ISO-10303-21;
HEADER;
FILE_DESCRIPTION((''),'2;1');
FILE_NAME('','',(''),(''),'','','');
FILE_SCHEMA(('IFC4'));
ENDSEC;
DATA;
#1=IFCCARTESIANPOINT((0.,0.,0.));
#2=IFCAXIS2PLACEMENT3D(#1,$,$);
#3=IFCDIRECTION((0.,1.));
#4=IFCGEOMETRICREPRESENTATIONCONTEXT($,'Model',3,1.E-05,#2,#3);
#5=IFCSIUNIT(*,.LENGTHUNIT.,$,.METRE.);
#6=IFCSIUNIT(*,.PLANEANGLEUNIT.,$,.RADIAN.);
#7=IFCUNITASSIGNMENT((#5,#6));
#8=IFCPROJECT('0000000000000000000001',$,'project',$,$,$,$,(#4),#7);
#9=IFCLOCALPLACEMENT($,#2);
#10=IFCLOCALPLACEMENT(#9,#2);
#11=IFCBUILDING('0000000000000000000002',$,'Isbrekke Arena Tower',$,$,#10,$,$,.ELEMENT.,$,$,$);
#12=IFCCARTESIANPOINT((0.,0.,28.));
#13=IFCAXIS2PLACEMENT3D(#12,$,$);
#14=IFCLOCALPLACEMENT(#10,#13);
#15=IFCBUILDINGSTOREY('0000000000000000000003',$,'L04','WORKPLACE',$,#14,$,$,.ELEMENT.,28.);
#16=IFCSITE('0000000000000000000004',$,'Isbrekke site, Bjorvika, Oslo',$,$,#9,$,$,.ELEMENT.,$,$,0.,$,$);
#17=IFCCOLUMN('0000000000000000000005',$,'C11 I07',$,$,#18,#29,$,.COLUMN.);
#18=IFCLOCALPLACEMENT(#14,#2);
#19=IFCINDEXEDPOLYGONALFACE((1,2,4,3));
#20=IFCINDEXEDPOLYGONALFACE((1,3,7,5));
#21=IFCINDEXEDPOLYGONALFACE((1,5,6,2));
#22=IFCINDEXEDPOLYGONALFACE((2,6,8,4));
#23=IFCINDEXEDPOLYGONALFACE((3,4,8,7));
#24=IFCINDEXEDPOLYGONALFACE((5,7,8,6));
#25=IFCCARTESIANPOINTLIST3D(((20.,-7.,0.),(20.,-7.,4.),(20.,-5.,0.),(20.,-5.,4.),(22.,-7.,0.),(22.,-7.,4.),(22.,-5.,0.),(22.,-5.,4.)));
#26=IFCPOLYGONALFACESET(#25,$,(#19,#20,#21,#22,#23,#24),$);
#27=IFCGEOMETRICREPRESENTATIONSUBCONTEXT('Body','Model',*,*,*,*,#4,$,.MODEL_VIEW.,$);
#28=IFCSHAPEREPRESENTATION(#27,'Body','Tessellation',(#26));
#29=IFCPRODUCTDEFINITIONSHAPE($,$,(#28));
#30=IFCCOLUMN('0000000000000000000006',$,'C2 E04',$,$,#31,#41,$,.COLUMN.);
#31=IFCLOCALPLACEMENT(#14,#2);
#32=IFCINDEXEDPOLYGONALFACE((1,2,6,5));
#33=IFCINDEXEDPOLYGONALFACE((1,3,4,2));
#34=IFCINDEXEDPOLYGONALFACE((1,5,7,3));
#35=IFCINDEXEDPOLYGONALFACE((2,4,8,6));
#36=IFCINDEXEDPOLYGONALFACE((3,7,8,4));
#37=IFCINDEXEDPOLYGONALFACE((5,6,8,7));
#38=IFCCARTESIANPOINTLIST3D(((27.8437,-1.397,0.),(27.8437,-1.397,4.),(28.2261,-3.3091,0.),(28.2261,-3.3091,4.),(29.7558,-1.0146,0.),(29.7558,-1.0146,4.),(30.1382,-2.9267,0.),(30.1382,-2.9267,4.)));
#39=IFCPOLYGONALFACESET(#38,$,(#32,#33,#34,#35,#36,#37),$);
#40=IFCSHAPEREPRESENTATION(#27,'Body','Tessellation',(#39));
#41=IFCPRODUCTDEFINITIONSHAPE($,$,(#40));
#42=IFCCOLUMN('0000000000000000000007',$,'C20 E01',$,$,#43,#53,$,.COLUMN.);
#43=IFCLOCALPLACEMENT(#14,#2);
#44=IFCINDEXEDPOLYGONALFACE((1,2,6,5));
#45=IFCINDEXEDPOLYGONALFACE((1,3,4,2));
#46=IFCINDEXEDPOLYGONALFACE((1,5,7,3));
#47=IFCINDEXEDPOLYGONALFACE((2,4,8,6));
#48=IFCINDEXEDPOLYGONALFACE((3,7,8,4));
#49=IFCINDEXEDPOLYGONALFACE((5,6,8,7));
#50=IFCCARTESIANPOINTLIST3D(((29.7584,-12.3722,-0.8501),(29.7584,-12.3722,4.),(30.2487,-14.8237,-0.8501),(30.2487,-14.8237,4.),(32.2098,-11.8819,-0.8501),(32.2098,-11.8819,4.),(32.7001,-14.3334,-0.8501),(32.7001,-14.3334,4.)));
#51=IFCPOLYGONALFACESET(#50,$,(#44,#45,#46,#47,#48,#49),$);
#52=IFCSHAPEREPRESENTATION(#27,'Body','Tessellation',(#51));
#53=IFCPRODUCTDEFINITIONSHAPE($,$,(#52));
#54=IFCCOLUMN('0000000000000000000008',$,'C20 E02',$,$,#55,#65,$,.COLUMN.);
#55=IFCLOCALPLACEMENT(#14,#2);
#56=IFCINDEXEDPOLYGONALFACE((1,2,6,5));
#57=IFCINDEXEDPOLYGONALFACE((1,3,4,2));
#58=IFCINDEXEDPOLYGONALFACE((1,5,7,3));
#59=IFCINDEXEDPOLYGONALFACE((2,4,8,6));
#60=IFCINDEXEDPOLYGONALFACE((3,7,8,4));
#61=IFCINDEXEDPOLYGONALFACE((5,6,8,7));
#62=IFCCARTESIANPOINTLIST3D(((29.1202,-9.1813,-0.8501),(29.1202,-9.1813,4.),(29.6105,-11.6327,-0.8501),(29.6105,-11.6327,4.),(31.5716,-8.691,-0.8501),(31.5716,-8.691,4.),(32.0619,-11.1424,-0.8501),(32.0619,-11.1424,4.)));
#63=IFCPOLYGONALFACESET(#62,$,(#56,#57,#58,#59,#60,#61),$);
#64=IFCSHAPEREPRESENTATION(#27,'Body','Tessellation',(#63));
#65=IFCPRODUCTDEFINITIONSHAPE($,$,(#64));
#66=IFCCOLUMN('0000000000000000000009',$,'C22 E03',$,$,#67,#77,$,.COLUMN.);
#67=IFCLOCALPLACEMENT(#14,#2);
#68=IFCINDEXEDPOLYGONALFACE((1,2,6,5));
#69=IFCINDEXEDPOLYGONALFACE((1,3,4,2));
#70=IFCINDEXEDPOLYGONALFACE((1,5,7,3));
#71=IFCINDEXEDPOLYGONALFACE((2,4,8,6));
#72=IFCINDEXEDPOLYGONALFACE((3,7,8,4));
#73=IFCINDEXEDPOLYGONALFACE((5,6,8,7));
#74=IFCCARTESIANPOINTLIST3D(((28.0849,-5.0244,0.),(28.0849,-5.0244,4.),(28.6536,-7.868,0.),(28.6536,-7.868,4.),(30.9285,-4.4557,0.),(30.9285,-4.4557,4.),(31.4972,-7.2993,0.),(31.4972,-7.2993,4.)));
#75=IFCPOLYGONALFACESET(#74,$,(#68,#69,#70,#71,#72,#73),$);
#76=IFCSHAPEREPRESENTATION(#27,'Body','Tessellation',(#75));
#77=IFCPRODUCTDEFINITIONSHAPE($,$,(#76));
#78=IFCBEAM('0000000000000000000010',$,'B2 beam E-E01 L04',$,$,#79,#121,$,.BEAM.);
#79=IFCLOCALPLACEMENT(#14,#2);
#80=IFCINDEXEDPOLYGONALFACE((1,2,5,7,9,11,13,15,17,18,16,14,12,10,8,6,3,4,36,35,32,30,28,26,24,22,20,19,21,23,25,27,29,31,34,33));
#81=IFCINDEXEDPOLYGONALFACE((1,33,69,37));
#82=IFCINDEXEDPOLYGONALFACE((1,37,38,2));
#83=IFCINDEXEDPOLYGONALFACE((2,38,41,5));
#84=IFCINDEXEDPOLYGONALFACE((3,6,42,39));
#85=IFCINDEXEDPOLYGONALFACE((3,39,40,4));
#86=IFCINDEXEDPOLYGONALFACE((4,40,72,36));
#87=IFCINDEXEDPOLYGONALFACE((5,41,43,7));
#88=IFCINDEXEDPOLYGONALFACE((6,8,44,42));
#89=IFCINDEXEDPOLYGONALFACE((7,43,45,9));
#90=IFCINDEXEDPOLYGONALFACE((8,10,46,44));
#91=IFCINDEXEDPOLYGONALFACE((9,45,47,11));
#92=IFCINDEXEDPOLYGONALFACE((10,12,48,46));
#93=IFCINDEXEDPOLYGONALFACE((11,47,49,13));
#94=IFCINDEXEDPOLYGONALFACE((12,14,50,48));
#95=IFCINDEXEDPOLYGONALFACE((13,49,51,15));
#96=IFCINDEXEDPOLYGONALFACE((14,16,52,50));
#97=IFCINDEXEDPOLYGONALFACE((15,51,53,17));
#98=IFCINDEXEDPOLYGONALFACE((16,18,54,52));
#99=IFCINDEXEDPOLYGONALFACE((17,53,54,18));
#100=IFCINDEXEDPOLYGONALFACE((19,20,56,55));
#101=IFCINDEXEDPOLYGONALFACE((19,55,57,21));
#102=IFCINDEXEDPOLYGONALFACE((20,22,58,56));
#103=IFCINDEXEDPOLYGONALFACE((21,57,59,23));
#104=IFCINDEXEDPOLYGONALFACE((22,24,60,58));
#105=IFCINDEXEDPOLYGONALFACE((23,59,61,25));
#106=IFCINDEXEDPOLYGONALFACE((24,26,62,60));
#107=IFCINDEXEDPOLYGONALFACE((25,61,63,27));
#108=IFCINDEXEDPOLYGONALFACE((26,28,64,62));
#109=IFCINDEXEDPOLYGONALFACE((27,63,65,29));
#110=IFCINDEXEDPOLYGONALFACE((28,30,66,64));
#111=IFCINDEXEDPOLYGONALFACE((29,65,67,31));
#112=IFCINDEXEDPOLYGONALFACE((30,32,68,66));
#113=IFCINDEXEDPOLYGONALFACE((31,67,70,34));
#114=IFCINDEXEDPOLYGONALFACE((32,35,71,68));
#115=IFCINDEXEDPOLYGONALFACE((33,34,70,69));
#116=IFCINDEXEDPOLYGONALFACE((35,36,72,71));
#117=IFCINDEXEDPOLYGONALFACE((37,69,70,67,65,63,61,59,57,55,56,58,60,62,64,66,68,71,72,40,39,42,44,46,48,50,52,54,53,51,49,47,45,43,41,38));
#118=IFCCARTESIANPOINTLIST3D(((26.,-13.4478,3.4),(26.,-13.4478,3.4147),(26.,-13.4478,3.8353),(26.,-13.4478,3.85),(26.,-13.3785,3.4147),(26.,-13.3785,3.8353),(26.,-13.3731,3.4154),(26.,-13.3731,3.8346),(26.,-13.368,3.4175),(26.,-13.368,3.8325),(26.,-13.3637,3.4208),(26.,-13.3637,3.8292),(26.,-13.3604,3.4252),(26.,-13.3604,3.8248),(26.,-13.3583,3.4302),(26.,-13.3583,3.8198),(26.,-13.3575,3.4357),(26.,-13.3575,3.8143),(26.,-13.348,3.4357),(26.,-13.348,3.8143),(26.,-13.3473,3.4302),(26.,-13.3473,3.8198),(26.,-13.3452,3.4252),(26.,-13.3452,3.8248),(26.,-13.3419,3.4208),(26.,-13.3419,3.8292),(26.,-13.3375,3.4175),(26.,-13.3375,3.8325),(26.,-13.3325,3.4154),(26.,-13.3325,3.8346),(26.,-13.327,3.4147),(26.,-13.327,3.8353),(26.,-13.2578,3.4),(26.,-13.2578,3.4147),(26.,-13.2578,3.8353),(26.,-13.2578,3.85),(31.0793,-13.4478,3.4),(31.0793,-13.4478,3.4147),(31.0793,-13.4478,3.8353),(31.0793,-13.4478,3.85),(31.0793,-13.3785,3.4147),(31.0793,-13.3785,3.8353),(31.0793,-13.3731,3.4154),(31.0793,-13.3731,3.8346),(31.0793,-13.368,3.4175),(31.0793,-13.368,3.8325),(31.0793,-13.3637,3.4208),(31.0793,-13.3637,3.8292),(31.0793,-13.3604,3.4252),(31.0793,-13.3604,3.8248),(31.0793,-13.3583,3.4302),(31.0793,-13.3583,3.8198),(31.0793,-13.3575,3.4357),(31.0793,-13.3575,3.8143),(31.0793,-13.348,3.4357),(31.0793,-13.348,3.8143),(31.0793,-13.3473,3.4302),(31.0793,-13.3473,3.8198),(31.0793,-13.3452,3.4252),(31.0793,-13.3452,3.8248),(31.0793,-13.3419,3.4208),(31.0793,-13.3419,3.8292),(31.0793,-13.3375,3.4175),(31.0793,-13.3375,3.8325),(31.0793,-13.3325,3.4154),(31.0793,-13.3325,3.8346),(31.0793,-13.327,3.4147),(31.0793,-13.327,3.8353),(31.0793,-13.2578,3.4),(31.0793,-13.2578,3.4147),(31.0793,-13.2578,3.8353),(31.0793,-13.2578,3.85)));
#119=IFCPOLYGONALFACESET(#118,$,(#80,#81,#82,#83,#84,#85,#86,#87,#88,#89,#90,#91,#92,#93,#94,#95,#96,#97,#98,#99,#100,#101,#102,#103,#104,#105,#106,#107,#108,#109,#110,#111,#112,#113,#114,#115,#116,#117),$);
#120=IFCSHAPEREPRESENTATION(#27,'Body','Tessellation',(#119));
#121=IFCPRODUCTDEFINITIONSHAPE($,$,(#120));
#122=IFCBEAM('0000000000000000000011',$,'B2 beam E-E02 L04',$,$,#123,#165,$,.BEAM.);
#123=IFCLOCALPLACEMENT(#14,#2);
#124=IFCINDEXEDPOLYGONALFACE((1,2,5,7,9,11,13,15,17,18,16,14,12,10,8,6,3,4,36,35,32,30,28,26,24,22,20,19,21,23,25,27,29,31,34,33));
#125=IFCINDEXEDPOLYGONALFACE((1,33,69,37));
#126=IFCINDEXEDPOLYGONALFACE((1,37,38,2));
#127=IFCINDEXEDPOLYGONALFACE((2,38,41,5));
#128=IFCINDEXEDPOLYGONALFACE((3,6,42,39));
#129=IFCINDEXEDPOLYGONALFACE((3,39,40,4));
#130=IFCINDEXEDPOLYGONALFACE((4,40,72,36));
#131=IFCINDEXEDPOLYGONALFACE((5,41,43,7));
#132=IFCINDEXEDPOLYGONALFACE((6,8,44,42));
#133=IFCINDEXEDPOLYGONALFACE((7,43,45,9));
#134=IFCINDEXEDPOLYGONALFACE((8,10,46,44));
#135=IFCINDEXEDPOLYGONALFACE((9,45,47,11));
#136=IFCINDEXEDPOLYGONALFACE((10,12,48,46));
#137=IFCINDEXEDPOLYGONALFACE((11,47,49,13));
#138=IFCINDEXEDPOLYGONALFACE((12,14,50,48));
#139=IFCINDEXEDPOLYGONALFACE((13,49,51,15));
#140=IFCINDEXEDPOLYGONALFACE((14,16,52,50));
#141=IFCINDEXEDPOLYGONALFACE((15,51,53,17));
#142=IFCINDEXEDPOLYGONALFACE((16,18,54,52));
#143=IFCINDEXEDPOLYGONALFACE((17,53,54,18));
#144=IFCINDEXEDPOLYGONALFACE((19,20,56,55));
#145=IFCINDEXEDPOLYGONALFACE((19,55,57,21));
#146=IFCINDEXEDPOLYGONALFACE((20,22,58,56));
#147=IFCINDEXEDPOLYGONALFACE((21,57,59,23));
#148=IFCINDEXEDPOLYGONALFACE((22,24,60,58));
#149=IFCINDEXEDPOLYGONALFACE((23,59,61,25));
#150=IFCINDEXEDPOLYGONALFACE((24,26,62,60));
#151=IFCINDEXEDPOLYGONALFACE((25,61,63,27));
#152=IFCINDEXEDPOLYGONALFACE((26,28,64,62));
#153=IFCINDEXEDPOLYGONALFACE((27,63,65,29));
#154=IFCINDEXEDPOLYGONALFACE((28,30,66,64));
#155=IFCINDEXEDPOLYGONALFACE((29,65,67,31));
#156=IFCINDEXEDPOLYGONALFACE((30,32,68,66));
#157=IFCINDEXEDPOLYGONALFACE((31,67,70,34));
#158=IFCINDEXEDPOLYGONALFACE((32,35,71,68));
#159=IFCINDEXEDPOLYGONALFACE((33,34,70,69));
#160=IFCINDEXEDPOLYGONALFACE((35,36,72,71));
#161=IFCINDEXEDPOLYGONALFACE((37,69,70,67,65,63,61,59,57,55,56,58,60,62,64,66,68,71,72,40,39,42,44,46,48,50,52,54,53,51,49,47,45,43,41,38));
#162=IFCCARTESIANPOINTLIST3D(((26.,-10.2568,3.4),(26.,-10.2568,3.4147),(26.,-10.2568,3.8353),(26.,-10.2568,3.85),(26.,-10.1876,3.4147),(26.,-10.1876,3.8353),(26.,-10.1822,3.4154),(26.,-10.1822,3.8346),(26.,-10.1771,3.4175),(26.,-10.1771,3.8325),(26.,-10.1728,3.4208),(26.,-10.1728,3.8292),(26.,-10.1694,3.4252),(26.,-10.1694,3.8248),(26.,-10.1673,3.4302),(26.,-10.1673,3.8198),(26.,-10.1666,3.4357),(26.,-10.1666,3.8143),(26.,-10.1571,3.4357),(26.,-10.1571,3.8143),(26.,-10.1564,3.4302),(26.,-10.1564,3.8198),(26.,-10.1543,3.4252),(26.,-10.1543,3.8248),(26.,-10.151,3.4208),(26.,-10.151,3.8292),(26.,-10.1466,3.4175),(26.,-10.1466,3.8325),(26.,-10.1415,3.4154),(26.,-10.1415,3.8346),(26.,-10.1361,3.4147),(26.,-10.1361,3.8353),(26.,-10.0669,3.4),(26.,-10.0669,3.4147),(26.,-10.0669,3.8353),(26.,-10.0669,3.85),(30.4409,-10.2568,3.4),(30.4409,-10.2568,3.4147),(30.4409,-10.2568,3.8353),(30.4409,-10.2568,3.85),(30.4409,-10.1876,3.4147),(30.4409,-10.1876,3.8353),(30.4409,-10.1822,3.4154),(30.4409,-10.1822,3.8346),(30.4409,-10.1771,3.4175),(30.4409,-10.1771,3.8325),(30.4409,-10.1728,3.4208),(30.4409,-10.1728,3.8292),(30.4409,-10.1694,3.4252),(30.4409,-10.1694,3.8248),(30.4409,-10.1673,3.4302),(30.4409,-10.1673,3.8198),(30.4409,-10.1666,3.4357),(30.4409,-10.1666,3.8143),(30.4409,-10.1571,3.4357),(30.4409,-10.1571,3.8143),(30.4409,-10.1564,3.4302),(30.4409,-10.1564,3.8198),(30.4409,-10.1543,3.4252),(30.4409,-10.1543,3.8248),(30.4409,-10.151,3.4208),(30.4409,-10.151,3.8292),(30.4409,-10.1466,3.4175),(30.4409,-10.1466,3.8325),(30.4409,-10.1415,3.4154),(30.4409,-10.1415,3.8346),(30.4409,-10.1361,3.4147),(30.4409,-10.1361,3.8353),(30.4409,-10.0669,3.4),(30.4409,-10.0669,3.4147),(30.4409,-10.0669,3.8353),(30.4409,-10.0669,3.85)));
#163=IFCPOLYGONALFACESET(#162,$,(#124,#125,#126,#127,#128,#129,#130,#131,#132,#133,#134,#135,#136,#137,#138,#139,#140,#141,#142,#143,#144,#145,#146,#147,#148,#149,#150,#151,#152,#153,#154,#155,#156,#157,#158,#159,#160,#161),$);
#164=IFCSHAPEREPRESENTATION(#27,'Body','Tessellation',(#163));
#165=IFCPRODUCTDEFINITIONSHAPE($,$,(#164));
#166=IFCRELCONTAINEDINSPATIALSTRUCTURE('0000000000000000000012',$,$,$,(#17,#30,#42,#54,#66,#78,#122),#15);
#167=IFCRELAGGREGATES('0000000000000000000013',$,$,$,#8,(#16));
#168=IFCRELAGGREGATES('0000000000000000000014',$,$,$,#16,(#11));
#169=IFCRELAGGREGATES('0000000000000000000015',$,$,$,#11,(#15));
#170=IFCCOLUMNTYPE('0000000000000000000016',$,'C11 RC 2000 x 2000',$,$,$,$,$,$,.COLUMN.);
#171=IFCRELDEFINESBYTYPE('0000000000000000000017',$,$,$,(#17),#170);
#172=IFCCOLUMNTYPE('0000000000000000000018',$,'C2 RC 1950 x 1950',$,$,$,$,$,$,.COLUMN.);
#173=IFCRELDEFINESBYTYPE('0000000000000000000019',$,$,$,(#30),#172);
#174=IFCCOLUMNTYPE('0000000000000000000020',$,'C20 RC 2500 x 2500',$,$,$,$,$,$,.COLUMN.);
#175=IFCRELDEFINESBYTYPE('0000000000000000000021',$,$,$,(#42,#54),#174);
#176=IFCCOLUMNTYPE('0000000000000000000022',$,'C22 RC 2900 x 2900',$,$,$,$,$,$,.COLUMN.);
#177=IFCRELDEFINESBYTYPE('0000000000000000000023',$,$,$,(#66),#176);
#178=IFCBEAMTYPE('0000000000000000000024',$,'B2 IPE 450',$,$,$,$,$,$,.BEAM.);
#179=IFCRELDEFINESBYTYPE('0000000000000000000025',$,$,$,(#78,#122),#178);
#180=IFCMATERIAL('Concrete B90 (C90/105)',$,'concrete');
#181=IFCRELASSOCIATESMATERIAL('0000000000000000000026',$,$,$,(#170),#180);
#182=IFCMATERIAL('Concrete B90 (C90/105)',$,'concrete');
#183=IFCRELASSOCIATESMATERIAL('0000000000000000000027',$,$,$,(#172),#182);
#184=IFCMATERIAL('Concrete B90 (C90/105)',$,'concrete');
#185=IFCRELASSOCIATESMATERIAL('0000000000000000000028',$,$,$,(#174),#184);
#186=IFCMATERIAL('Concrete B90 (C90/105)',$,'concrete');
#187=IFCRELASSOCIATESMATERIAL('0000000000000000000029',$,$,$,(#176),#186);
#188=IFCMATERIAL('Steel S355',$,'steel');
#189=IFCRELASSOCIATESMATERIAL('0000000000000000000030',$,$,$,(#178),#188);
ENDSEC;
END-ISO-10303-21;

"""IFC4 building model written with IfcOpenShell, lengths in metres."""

from ifc_helpers import new_model, si_unit, direction, frame, origin, origin_2d, place, context, subcontext, project, spatial, rectangle, i_section, extrude, material, material_profile, profile_set, type_object, element, save


model = new_model("IFC4")

# Units and contexts
model_context = context("Model", 3, precision=1e-05, world=origin(), true_north=direction((0.0, 1.0)))
body_context = subcontext(model_context, "Body", "Model", "MODEL_VIEW")
ifc_project = project(units=[si_unit("LENGTHUNIT", "METRE"), si_unit("PLANEANGLEUNIT", "RADIAN")], contexts=[model_context])

# Site, building, storey
site_placement = place(None, origin())
site = spatial("IfcSite", under=ifc_project, at=site_placement, Name="Isbrekke site, Bjorvika, Oslo", CompositionType="ELEMENT", RefElevation=0.0)
building_placement = place(site_placement, origin())
building = spatial("IfcBuilding", under=site, at=building_placement, Name="Isbrekke Arena Tower", CompositionType="ELEMENT")
storey_placement = place(building_placement, frame((0.0, 0.0, 28.0)))
storey = spatial("IfcBuildingStorey", under=building, at=storey_placement, Name="L04", Description="WORKPLACE", CompositionType="ELEMENT", Elevation=28.0)

# Columns
ifc_material_1 = material(Name="Concrete B90 (C90/105)", Category="concrete")
ifc_material_profile_1 = material_profile(ifc_material_1, rectangle(XDim=2.0, YDim=2.0, at=origin_2d()), Name="RC 2000x2000")
ifc_profile_set_1 = profile_set([ifc_material_profile_1], Name="Concrete B90 (C90/105)")
column_type_1 = type_object("IfcColumnType", Name="C11 RC 2000 x 2000", PredefinedType="COLUMN", material=ifc_profile_set_1)
column_1_placement = place(storey_placement, frame((21.0, -6.0, 0.0), z_axis=(0.0, 0.0, 1.0), x_axis=(1.0, 0.0, 0.0)))
element("IfcColumn", 1, at=column_1_placement, inside=storey, type_object=column_type_1, Name="C11 I07", PredefinedType="COLUMN", context=body_context, shape_type="SweptSolid", body=[
    extrude(rectangle(XDim=2.0, YDim=2.0, at=origin_2d()), origin(), (0.0, 0.0, 1.0), 4.0),
])
ifc_material_2 = material(Name="Concrete B90 (C90/105)", Category="concrete")
ifc_material_profile_2 = material_profile(ifc_material_2, rectangle(XDim=1.95, YDim=1.95, at=origin_2d()), Name="RC 1950x1950")
ifc_profile_set_2 = profile_set([ifc_material_profile_2], Name="Concrete B90 (C90/105)")
column_type_2 = type_object("IfcColumnType", Name="C2 RC 1950 x 1950", PredefinedType="COLUMN", material=ifc_profile_set_2)
column_2_placement = place(storey_placement, frame((28.991, -2.1619, 0.0), z_axis=(0.0, 0.0, 1.0), x_axis=(-0.196116, 0.980581, 0.0)))
element("IfcColumn", 2, at=column_2_placement, inside=storey, type_object=column_type_2, Name="C2 E04", PredefinedType="COLUMN", context=body_context, shape_type="SweptSolid", body=[
    extrude(rectangle(XDim=1.95, YDim=1.95, at=origin_2d()), origin(), (0.0, 0.0, 1.0), 4.0),
])
ifc_material_3 = material(Name="Concrete B90 (C90/105)", Category="concrete")
ifc_material_profile_3 = material_profile(ifc_material_3, rectangle(XDim=2.5, YDim=2.5, at=origin_2d()), Name="RC 2500x2500")
ifc_profile_set_3 = profile_set([ifc_material_profile_3], Name="Concrete B90 (C90/105)")
column_type_3 = type_object("IfcColumnType", Name="C20 RC 2500 x 2500", PredefinedType="COLUMN", material=ifc_profile_set_3)
for number, where, z_axis, x_axis, name in (
    (3, (31.2292, -13.3528, -0.8501), (0.0, 0.0, 1.0), (-0.196116, 0.980581, 0.0), "C20 E01"),
    (4, (30.5911, -10.1619, -0.8501), (0.0, 0.0, 1.0), (-0.196116, 0.980581, 0.0), "C20 E02"),
):
    element("IfcColumn", number, at=place(storey_placement, frame(where, z_axis=z_axis, x_axis=x_axis)), inside=storey, type_object=column_type_3, Name=name, PredefinedType="COLUMN", context=body_context, shape_type="SweptSolid", body=[
        extrude(rectangle(XDim=2.5, YDim=2.5, at=origin_2d()), origin(), (0.0, 0.0, 1.0), 4.8501),
    ])
ifc_material_4 = material(Name="Concrete B90 (C90/105)", Category="concrete")
ifc_material_profile_4 = material_profile(ifc_material_4, rectangle(XDim=2.8999, YDim=2.8999, at=origin_2d()), Name="RC 2900x2900")
ifc_profile_set_4 = profile_set([ifc_material_profile_4], Name="Concrete B90 (C90/105)")
column_type_4 = type_object("IfcColumnType", Name="C22 RC 2900 x 2900", PredefinedType="COLUMN", material=ifc_profile_set_4)
column_3_placement = place(storey_placement, frame((29.791, -6.1619, 0.0), z_axis=(0.0, 0.0, 1.0), x_axis=(-0.196116, 0.980581, 0.0)))
element("IfcColumn", 5, at=column_3_placement, inside=storey, type_object=column_type_4, Name="C22 E03", PredefinedType="COLUMN", context=body_context, shape_type="SweptSolid", body=[
    extrude(rectangle(XDim=2.8999, YDim=2.8999, at=origin_2d()), origin(), (0.0, 0.0, 1.0), 4.0),
])

# Beams
ifc_material_5 = material(Name="Steel S355", Category="steel")
ifc_material_profile_5 = material_profile(ifc_material_5, i_section(OverallWidth=0.1899, OverallDepth=0.45, WebThickness=0.0095, FlangeThickness=0.0146, FilletRadius=0.021, at=origin_2d()), Name="IPE 450")
ifc_profile_set_5 = profile_set([ifc_material_profile_5], Name="Steel S355")
beam_type_1 = type_object("IfcBeamType", Name="B2 IPE 450", PredefinedType="BEAM", material=ifc_profile_set_5)
beam_1_placement = place(storey_placement, frame((31.0793, -13.3528, 3.625), z_axis=(-1.0, 0.0, 0.0), x_axis=(0.0, -1.0, 0.0)))
element("IfcBeam", 6, at=beam_1_placement, inside=storey, type_object=beam_type_1, Name="B2 beam E-E01 L04", PredefinedType="BEAM", context=body_context, shape_type="SweptSolid", body=[
    extrude(i_section(OverallWidth=0.1899, OverallDepth=0.45, WebThickness=0.0095, FlangeThickness=0.0146, FilletRadius=0.021, at=origin_2d()), origin(), (0.0, 0.0, 1.0), 5.0793),
])
beam_2_placement = place(storey_placement, frame((30.4409, -10.1619, 3.625), z_axis=(-1.0, 0.0, 0.0), x_axis=(0.0, -1.0, 0.0)))
element("IfcBeam", 7, at=beam_2_placement, inside=storey, type_object=beam_type_1, Name="B2 beam E-E02 L04", PredefinedType="BEAM", context=body_context, shape_type="SweptSolid", body=[
    extrude(i_section(OverallWidth=0.1899, OverallDepth=0.45, WebThickness=0.0095, FlangeThickness=0.0146, FilletRadius=0.021, at=origin_2d()), origin(), (0.0, 0.0, 1.0), 4.4409),
])

save(model, "model.ifc")
